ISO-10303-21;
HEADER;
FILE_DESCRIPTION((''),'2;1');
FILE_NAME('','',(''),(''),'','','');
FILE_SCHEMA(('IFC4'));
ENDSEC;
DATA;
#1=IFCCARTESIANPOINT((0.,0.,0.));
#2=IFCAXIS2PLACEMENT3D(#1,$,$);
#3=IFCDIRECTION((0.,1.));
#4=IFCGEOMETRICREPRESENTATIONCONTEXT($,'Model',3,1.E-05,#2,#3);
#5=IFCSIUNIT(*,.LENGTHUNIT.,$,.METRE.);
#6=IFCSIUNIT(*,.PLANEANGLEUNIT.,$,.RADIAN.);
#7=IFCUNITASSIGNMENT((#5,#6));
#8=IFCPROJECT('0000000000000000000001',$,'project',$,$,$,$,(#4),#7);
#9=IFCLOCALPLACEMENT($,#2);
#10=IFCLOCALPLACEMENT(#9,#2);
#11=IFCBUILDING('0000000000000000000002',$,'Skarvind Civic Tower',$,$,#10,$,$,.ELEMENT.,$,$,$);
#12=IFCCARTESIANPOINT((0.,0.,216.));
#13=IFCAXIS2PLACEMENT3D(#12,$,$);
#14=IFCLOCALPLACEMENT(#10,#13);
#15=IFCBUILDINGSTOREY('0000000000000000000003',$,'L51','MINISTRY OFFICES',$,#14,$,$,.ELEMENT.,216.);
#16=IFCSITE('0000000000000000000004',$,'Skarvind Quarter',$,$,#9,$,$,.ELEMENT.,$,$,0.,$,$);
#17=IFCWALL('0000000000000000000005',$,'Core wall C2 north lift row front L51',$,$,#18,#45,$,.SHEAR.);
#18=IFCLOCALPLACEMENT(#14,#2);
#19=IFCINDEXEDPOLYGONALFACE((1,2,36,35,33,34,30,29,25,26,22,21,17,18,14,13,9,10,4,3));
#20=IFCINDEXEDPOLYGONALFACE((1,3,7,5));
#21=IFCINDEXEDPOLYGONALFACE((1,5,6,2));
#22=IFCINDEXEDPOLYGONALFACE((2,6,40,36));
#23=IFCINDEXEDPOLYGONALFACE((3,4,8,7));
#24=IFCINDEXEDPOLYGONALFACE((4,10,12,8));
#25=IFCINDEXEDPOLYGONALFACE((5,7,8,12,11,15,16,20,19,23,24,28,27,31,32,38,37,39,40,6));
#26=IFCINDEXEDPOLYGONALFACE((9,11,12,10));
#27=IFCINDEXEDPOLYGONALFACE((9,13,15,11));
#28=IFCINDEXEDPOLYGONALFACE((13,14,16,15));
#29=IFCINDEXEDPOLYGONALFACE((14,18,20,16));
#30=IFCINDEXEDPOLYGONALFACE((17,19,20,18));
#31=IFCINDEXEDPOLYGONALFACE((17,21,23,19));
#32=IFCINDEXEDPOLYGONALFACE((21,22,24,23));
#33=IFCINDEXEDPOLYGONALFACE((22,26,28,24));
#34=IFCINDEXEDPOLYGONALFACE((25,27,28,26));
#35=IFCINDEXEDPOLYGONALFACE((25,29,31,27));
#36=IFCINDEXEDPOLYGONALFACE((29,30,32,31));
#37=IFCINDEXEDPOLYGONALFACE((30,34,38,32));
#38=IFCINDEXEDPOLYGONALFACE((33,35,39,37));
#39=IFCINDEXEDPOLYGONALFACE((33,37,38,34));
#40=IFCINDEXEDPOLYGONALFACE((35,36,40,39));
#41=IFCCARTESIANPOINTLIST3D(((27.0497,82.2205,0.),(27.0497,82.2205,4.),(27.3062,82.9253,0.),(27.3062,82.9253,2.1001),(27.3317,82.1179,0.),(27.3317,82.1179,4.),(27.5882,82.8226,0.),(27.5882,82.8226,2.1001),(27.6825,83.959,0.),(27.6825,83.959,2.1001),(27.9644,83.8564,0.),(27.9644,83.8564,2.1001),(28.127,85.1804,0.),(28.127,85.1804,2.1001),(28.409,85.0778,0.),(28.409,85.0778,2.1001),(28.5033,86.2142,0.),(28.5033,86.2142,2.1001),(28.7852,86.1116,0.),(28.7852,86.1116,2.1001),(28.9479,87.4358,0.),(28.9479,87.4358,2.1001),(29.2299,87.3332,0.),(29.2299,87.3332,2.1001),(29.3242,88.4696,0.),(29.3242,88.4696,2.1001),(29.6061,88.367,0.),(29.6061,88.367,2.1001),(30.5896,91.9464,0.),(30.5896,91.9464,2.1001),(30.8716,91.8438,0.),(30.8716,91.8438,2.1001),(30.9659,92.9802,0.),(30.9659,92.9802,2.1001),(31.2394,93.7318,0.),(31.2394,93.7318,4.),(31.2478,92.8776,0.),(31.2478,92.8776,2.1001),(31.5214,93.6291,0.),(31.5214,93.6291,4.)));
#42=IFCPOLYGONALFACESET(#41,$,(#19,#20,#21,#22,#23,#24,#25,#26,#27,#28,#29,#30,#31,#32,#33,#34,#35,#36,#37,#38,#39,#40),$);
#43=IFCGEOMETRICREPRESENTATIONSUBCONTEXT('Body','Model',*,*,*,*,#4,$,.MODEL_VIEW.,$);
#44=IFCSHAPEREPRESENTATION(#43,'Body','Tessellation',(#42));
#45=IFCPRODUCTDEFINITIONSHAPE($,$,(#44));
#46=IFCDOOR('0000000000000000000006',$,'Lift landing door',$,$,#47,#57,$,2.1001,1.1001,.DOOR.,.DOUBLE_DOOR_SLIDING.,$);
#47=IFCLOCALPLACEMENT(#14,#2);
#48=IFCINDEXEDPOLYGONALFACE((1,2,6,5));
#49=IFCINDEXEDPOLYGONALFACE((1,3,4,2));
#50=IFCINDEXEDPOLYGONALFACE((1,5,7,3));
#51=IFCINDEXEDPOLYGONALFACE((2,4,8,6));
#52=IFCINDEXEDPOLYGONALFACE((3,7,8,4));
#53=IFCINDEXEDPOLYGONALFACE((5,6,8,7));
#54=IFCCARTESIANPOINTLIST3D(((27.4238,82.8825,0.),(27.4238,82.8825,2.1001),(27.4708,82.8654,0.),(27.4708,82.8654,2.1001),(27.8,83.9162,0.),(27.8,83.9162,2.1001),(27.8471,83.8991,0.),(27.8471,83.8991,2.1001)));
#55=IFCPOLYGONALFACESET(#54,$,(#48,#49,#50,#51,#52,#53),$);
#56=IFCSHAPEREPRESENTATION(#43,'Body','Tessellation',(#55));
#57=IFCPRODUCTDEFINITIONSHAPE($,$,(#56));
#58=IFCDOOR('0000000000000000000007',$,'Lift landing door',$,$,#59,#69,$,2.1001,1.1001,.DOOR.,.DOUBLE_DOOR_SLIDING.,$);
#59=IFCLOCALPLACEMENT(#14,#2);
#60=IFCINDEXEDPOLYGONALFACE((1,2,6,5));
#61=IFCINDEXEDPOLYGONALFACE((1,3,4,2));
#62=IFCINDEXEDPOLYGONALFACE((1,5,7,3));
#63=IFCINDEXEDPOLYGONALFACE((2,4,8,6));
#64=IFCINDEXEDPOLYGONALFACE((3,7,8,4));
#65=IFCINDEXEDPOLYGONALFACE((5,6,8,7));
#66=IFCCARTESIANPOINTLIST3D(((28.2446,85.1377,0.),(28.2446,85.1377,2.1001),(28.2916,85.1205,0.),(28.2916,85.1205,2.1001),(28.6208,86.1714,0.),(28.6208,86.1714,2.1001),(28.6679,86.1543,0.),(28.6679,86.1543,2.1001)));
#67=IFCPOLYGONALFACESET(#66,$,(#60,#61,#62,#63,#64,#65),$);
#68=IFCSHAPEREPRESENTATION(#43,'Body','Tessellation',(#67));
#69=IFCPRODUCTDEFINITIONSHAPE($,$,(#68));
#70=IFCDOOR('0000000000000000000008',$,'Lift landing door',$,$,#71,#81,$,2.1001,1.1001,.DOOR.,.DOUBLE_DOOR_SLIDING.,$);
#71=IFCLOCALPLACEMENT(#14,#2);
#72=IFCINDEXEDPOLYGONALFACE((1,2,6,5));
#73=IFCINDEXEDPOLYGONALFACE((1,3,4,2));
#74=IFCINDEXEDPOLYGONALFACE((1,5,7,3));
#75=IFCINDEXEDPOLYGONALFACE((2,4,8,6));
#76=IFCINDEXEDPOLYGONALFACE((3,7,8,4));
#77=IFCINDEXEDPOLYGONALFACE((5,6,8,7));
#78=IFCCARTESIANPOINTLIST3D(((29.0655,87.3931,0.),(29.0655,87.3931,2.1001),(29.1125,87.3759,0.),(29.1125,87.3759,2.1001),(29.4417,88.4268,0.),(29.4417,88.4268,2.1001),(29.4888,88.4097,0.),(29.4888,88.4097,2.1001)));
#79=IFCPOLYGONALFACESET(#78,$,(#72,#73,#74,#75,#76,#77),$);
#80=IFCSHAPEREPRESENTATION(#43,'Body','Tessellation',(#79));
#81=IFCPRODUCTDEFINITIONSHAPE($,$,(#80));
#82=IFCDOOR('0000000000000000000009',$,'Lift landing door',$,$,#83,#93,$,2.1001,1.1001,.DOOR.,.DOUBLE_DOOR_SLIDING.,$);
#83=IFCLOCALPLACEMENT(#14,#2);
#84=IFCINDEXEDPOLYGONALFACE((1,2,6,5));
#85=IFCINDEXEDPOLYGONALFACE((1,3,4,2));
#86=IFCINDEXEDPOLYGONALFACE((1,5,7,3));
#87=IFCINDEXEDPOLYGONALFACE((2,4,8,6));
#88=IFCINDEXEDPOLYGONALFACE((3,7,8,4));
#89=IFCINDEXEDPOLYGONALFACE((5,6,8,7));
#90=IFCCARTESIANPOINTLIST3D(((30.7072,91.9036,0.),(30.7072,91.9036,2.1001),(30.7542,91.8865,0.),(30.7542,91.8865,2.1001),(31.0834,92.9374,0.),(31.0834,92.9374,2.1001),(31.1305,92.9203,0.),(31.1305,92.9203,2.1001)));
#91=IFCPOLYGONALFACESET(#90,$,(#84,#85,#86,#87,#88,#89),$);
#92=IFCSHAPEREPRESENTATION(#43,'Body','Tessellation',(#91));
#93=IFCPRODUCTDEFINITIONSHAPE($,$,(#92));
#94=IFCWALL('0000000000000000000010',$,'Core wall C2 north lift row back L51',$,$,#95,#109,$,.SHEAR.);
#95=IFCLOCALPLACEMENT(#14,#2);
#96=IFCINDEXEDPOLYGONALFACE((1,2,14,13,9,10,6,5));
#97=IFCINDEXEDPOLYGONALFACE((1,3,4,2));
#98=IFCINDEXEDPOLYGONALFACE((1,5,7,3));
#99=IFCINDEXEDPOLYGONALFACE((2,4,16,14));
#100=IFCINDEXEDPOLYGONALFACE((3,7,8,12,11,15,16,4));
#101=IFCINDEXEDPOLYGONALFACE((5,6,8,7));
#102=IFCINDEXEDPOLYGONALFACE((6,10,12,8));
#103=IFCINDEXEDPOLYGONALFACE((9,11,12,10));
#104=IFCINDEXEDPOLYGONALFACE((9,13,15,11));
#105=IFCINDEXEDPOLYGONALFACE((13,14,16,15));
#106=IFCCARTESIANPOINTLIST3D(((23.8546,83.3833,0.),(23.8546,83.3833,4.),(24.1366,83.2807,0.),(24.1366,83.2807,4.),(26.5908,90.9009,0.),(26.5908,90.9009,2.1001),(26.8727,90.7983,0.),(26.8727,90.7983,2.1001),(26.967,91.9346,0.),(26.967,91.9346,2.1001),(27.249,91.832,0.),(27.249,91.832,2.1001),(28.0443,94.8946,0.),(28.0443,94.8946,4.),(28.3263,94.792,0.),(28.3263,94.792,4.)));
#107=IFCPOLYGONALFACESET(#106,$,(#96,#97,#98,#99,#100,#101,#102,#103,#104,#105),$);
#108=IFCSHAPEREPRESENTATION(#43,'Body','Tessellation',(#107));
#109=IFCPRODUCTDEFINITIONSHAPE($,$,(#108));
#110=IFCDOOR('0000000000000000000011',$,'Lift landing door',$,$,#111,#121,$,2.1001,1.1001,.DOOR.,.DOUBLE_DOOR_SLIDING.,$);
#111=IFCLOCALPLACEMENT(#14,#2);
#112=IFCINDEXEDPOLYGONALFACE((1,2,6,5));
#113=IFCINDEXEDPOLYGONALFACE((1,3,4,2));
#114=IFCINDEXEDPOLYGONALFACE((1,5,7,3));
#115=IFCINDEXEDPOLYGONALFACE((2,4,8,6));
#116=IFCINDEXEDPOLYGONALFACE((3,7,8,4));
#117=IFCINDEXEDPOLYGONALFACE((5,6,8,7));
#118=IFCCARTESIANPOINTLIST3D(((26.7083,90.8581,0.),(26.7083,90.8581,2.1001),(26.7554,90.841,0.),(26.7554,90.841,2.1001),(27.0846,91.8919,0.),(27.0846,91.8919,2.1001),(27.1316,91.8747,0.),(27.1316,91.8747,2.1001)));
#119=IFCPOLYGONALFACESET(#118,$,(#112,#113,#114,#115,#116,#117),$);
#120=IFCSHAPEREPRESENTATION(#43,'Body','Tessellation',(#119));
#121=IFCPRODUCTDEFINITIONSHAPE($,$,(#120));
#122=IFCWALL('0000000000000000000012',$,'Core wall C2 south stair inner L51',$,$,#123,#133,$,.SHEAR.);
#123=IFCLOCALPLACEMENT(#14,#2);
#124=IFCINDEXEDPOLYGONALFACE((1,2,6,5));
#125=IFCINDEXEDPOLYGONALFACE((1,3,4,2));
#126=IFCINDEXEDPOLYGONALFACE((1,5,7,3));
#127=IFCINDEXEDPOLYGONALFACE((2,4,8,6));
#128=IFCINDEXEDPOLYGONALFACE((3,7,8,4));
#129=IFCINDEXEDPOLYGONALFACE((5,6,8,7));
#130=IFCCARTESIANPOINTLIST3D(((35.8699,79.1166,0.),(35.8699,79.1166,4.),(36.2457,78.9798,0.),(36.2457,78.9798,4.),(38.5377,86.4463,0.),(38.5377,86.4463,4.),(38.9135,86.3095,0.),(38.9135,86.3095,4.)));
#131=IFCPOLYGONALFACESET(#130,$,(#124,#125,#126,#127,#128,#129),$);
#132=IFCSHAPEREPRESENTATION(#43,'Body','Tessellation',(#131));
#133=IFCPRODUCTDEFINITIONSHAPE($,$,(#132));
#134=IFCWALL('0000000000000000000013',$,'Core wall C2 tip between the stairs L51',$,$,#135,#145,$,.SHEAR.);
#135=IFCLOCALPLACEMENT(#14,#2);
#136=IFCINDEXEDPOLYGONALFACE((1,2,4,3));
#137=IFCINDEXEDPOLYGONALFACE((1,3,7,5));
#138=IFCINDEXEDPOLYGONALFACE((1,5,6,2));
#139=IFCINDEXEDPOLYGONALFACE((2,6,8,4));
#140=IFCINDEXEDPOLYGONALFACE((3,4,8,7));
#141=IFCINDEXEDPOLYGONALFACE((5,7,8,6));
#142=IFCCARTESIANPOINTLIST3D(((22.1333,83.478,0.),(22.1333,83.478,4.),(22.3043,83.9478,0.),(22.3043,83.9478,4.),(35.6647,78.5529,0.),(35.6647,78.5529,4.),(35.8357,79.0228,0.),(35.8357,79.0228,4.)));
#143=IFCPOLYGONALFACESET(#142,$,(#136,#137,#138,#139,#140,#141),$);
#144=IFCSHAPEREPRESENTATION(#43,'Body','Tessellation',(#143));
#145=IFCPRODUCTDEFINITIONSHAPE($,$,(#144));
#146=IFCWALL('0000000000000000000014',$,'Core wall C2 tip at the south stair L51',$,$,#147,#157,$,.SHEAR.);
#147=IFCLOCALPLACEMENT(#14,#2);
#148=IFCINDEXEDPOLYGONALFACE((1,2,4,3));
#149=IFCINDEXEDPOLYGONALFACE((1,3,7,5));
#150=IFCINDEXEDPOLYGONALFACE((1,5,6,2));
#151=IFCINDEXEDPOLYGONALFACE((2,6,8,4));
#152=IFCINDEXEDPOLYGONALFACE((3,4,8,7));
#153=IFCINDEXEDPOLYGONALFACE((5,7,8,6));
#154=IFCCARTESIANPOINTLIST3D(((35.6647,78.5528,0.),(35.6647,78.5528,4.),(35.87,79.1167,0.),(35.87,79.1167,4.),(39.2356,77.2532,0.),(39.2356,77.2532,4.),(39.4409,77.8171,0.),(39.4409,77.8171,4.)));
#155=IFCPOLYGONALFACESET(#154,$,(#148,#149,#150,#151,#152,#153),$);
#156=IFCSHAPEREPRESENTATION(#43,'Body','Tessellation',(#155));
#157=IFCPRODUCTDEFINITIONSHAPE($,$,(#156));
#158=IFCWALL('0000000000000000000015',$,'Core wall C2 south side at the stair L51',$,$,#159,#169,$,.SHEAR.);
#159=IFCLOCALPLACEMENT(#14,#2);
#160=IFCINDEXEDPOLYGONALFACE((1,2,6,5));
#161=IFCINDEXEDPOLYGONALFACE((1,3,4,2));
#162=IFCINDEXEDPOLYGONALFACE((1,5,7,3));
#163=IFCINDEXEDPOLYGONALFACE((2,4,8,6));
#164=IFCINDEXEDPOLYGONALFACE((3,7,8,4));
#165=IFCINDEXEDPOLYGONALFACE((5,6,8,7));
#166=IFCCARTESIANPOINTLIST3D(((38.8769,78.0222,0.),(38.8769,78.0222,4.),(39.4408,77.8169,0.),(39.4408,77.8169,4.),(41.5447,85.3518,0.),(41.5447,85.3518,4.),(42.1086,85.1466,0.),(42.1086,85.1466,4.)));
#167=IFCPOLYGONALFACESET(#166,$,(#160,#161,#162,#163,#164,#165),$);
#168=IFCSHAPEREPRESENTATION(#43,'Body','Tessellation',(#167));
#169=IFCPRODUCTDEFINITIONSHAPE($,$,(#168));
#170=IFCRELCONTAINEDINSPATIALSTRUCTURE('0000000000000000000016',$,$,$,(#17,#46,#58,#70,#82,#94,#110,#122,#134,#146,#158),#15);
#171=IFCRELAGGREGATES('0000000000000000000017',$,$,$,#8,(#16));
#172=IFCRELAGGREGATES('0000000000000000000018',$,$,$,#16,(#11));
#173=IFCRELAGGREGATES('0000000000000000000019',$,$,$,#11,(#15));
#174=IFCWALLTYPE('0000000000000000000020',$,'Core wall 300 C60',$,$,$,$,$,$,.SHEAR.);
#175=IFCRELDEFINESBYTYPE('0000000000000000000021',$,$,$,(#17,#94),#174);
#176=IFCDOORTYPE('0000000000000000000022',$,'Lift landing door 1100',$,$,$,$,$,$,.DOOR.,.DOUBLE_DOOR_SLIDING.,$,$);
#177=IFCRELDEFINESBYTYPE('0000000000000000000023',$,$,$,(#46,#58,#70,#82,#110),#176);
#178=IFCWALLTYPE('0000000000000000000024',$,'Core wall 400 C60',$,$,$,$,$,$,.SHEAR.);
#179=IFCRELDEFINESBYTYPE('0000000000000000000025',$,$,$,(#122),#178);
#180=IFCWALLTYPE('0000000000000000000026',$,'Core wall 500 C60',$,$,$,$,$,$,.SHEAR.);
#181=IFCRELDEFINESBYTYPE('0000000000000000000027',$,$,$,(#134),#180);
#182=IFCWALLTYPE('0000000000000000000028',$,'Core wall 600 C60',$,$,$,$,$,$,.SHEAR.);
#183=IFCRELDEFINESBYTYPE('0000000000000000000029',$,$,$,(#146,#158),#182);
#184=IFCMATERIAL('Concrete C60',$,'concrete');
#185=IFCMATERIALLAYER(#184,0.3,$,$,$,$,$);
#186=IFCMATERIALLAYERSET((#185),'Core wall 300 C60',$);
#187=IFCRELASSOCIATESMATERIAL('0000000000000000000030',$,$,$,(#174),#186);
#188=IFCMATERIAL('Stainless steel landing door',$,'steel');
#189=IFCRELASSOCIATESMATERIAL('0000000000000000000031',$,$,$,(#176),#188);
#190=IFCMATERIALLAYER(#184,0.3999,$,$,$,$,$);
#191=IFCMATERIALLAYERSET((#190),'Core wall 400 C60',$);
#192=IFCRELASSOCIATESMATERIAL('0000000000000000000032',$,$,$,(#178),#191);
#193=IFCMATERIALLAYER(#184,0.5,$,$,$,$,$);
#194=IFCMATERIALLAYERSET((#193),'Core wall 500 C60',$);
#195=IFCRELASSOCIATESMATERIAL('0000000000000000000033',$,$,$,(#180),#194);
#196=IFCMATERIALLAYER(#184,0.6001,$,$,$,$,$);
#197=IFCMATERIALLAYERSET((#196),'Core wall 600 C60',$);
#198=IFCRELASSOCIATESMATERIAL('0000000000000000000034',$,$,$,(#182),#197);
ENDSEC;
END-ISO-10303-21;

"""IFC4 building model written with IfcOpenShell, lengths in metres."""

from ifc_helpers import new_model, si_unit, direction, frame, frame_2d, origin, place, context, subcontext, project, spatial, rectangle, extrude, material, layer, layer_set, type_object, element, fill, save


model = new_model("IFC4")

# Units and contexts
model_context = context("Model", 3, precision=1e-05, world=origin(), true_north=direction((0.0, 1.0)))
body_context = subcontext(model_context, "Body", "Model", "MODEL_VIEW")
ifc_project = project(units=[si_unit("LENGTHUNIT", "METRE"), si_unit("PLANEANGLEUNIT", "RADIAN")], contexts=[model_context])

# Site, building, storey
site_placement = place(None, origin())
site = spatial("IfcSite", under=ifc_project, at=site_placement, Name="Skarvind Quarter", CompositionType="ELEMENT", RefElevation=0.0)
building_placement = place(site_placement, origin())
building = spatial("IfcBuilding", under=site, at=building_placement, Name="Skarvind Civic Tower", CompositionType="ELEMENT")
storey_placement = place(building_placement, frame((0.0, 0.0, 216.0)))
storey = spatial("IfcBuildingStorey", under=building, at=storey_placement, Name="L51", Description="MINISTRY OFFICES", CompositionType="ELEMENT", Elevation=216.0)

# Shared definitions
ifc_material_1 = material(Name="Concrete C60", Category="concrete")
ifc_layer_1 = layer(ifc_material_1, 0.3)
ifc_layer_set_1 = layer_set([ifc_layer_1], Name="Core wall 300 C60")
wall_type_1 = type_object("IfcWallType", Name="Core wall 300 C60", PredefinedType="SHEAR", material=ifc_layer_set_1)

# Wall, openings, doors
wall_1_placement = place(storey_placement, frame((27.1907, 82.1692, 0.0), z_axis=(0.0, 0.0, 1.0), x_axis=(0.342017, 0.939694, 0.0)))
wall_1 = element("IfcWall", 1, at=wall_1_placement, inside=storey, type_object=wall_type_1, Name="Core wall C2 north lift row front L51", PredefinedType="SHEAR", context=body_context, shape_type="SweptSolid", body=[
    extrude(rectangle(XDim=12.25, YDim=0.3, at=frame_2d((6.125, 0.0))), origin(), (0.0, 0.0, 1.0), 4.0),
])
opening_1_placement = place(wall_1_placement, frame((0.75, 0.0, 0.0)))
opening_1 = element("IfcOpeningElement", 2, at=opening_1_placement, cuts=wall_1, PredefinedType="OPENING", context=body_context, shape_type="SweptSolid", body=[
    extrude(rectangle(XDim=1.1001, YDim=2.1001, at=frame_2d((0.55, 1.05))), frame((0.0, 0.1599, 0.0), z_axis=(0.0, -1.0, 0.0), x_axis=(1.0, 0.0, 0.0)), (0.0, 0.0, 1.0), 0.3201),
])
opening_2_placement = place(wall_1_placement, frame((3.1499, 0.0, 0.0)))
opening_2 = element("IfcOpeningElement", 3, at=opening_2_placement, cuts=wall_1, PredefinedType="OPENING", context=body_context, shape_type="SweptSolid", body=[
    extrude(rectangle(XDim=1.1001, YDim=2.1001, at=frame_2d((0.55, 1.05))), frame((0.0, 0.1599, 0.0), z_axis=(0.0, -1.0, 0.0), x_axis=(1.0, 0.0, 0.0)), (0.0, 0.0, 1.0), 0.3201),
])
opening_3_placement = place(wall_1_placement, frame((5.55, 0.0, 0.0)))
opening_3 = element("IfcOpeningElement", 4, at=opening_3_placement, cuts=wall_1, PredefinedType="OPENING", context=body_context, shape_type="SweptSolid", body=[
    extrude(rectangle(XDim=1.1001, YDim=2.1001, at=frame_2d((0.55, 1.05))), frame((0.0, 0.1599, 0.0), z_axis=(0.0, -1.0, 0.0), x_axis=(1.0, 0.0, 0.0)), (0.0, 0.0, 1.0), 0.3201),
])
opening_4_placement = place(wall_1_placement, frame((10.3501, 0.0, 0.0)))
opening_4 = element("IfcOpeningElement", 5, at=opening_4_placement, cuts=wall_1, PredefinedType="OPENING", context=body_context, shape_type="SweptSolid", body=[
    extrude(rectangle(XDim=1.1001, YDim=2.1001, at=frame_2d((0.55, 1.05))), frame((0.0, 0.1599, 0.0), z_axis=(0.0, -1.0, 0.0), x_axis=(1.0, 0.0, 0.0)), (0.0, 0.0, 1.0), 0.3201),
])
ifc_material_2 = material(Name="Stainless steel landing door", Category="steel")
door_type_1 = type_object("IfcDoorType", Name="Lift landing door 1100", OperationType="DOUBLE_DOOR_SLIDING", PredefinedType="DOOR", material=ifc_material_2)
door_1_placement = place(opening_1_placement, origin())
door_1 = element("IfcDoor", 6, at=door_1_placement, inside=storey, type_object=door_type_1, Name="Lift landing door", OperationType="DOUBLE_DOOR_SLIDING", OverallHeight=2.1001, OverallWidth=1.1001, PredefinedType="DOOR", context=body_context, shape_type="SweptSolid", body=[
    extrude(rectangle(XDim=1.1001, YDim=2.1001, at=frame_2d((0.55, 1.05))), frame((0.0, 0.0249, 0.0), z_axis=(0.0, -1.0, 0.0), x_axis=(1.0, 0.0, 0.0)), (0.0, 0.0, 1.0), 0.05),
])
fill(opening_1, door_1)
door_2_placement = place(opening_2_placement, origin())
door_2 = element("IfcDoor", 7, at=door_2_placement, inside=storey, type_object=door_type_1, Name="Lift landing door", OperationType="DOUBLE_DOOR_SLIDING", OverallHeight=2.1001, OverallWidth=1.1001, PredefinedType="DOOR", context=body_context, shape_type="SweptSolid", body=[
    extrude(rectangle(XDim=1.1001, YDim=2.1001, at=frame_2d((0.55, 1.05))), frame((0.0, 0.0249, 0.0), z_axis=(0.0, -1.0, 0.0), x_axis=(1.0, 0.0, 0.0)), (0.0, 0.0, 1.0), 0.05),
])
fill(opening_2, door_2)
door_3_placement = place(opening_3_placement, origin())
door_3 = element("IfcDoor", 8, at=door_3_placement, inside=storey, type_object=door_type_1, Name="Lift landing door", OperationType="DOUBLE_DOOR_SLIDING", OverallHeight=2.1001, OverallWidth=1.1001, PredefinedType="DOOR", context=body_context, shape_type="SweptSolid", body=[
    extrude(rectangle(XDim=1.1001, YDim=2.1001, at=frame_2d((0.55, 1.05))), frame((0.0, 0.0249, 0.0), z_axis=(0.0, -1.0, 0.0), x_axis=(1.0, 0.0, 0.0)), (0.0, 0.0, 1.0), 0.05),
])
fill(opening_3, door_3)
door_4_placement = place(opening_4_placement, origin())
door_4 = element("IfcDoor", 9, at=door_4_placement, inside=storey, type_object=door_type_1, Name="Lift landing door", OperationType="DOUBLE_DOOR_SLIDING", OverallHeight=2.1001, OverallWidth=1.1001, PredefinedType="DOOR", context=body_context, shape_type="SweptSolid", body=[
    extrude(rectangle(XDim=1.1001, YDim=2.1001, at=frame_2d((0.55, 1.05))), frame((0.0, 0.0249, 0.0), z_axis=(0.0, -1.0, 0.0), x_axis=(1.0, 0.0, 0.0)), (0.0, 0.0, 1.0), 0.05),
])
fill(opening_4, door_4)

# Wall, opening, door
wall_2_placement = place(storey_placement, frame((23.9956, 83.332, 0.0), z_axis=(0.0, 0.0, 1.0), x_axis=(0.342017, 0.939694, 0.0)))
wall_2 = element("IfcWall", 10, at=wall_2_placement, inside=storey, type_object=wall_type_1, Name="Core wall C2 north lift row back L51", PredefinedType="SHEAR", context=body_context, shape_type="SweptSolid", body=[
    extrude(rectangle(XDim=12.25, YDim=0.3, at=frame_2d((6.125, 0.0))), origin(), (0.0, 0.0, 1.0), 4.0),
])
opening_5_placement = place(wall_2_placement, frame((8.0, 0.0, 0.0)))
opening_5 = element("IfcOpeningElement", 11, at=opening_5_placement, cuts=wall_2, PredefinedType="OPENING", context=body_context, shape_type="SweptSolid", body=[
    extrude(rectangle(XDim=1.1001, YDim=2.1001, at=frame_2d((0.55, 1.05))), frame((0.0, 0.1599, 0.0), z_axis=(0.0, -1.0, 0.0), x_axis=(1.0, 0.0, 0.0)), (0.0, 0.0, 1.0), 0.3201),
])
door_5_placement = place(opening_5_placement, origin())
door_5 = element("IfcDoor", 12, at=door_5_placement, inside=storey, type_object=door_type_1, Name="Lift landing door", OperationType="DOUBLE_DOOR_SLIDING", OverallHeight=2.1001, OverallWidth=1.1001, PredefinedType="DOOR", context=body_context, shape_type="SweptSolid", body=[
    extrude(rectangle(XDim=1.1001, YDim=2.1001, at=frame_2d((0.55, 1.05))), frame((0.0, 0.0249, 0.0), z_axis=(0.0, -1.0, 0.0), x_axis=(1.0, 0.0, 0.0)), (0.0, 0.0, 1.0), 0.05),
])
fill(opening_5, door_5)

# Walls
ifc_layer_2 = layer(ifc_material_1, 0.3999)
ifc_layer_set_2 = layer_set([ifc_layer_2], Name="Core wall 400 C60")
wall_type_2 = type_object("IfcWallType", Name="Core wall 400 C60", PredefinedType="SHEAR", material=ifc_layer_set_2)
wall_3_placement = place(storey_placement, frame((36.0579, 79.0483, 0.0), z_axis=(0.0, 0.0, 1.0), x_axis=(0.342017, 0.939694, 0.0)))
element("IfcWall", 13, at=wall_3_placement, inside=storey, type_object=wall_type_2, Name="Core wall C2 south stair inner L51", PredefinedType="SHEAR", context=body_context, shape_type="SweptSolid", body=[
    extrude(rectangle(XDim=7.8, YDim=0.3999, at=frame_2d((3.8999, 0.0))), origin(), (0.0, 0.0, 1.0), 4.0),
])
ifc_layer_3 = layer(ifc_material_1, 0.5)
ifc_layer_set_3 = layer_set([ifc_layer_3], Name="Core wall 500 C60")
wall_type_3 = type_object("IfcWallType", Name="Core wall 500 C60", PredefinedType="SHEAR", material=ifc_layer_set_3)
wall_4_placement = place(storey_placement, frame((35.7502, 78.7878, 0.0), z_axis=(0.0, 0.0, 1.0), x_axis=(-0.939693, 0.342019, 0.0)))
element("IfcWall", 14, at=wall_4_placement, inside=storey, type_object=wall_type_3, Name="Core wall C2 tip between the stairs L51", PredefinedType="SHEAR", context=body_context, shape_type="SweptSolid", body=[
    extrude(rectangle(XDim=14.3999, YDim=0.5, at=frame_2d((7.2, 0.0))), origin(), (0.0, 0.0, 1.0), 4.0),
])
ifc_layer_4 = layer(ifc_material_1, 0.6001)
ifc_layer_set_4 = layer_set([ifc_layer_4], Name="Core wall 600 C60")
wall_type_4 = type_object("IfcWallType", Name="Core wall 600 C60", PredefinedType="SHEAR", material=ifc_layer_set_4)
wall_5_placement = place(storey_placement, frame((39.3381, 77.5352, 0.0), z_axis=(0.0, 0.0, 1.0), x_axis=(-0.939701, 0.341996, 0.0)))
element("IfcWall", 15, at=wall_5_placement, inside=storey, type_object=wall_type_4, Name="Core wall C2 tip at the south stair L51", PredefinedType="SHEAR", context=body_context, shape_type="SweptSolid", body=[
    extrude(rectangle(XDim=3.8, YDim=0.6001, at=frame_2d((1.8999, 0.0))), origin(), (0.0, 0.0, 1.0), 4.0),
])
wall_6_placement = place(storey_placement, frame((39.1589, 77.9197, 0.0), z_axis=(0.0, 0.0, 1.0), x_axis=(0.342017, 0.939694, 0.0)))
element("IfcWall", 16, at=wall_6_placement, inside=storey, type_object=wall_type_4, Name="Core wall C2 south side at the stair L51", PredefinedType="SHEAR", context=body_context, shape_type="SweptSolid", body=[
    extrude(rectangle(XDim=7.8, YDim=0.6001, at=frame_2d((3.8999, 0.0))), origin(), (0.0, 0.0, 1.0), 4.0),
])

save(model, "model.ifc")
